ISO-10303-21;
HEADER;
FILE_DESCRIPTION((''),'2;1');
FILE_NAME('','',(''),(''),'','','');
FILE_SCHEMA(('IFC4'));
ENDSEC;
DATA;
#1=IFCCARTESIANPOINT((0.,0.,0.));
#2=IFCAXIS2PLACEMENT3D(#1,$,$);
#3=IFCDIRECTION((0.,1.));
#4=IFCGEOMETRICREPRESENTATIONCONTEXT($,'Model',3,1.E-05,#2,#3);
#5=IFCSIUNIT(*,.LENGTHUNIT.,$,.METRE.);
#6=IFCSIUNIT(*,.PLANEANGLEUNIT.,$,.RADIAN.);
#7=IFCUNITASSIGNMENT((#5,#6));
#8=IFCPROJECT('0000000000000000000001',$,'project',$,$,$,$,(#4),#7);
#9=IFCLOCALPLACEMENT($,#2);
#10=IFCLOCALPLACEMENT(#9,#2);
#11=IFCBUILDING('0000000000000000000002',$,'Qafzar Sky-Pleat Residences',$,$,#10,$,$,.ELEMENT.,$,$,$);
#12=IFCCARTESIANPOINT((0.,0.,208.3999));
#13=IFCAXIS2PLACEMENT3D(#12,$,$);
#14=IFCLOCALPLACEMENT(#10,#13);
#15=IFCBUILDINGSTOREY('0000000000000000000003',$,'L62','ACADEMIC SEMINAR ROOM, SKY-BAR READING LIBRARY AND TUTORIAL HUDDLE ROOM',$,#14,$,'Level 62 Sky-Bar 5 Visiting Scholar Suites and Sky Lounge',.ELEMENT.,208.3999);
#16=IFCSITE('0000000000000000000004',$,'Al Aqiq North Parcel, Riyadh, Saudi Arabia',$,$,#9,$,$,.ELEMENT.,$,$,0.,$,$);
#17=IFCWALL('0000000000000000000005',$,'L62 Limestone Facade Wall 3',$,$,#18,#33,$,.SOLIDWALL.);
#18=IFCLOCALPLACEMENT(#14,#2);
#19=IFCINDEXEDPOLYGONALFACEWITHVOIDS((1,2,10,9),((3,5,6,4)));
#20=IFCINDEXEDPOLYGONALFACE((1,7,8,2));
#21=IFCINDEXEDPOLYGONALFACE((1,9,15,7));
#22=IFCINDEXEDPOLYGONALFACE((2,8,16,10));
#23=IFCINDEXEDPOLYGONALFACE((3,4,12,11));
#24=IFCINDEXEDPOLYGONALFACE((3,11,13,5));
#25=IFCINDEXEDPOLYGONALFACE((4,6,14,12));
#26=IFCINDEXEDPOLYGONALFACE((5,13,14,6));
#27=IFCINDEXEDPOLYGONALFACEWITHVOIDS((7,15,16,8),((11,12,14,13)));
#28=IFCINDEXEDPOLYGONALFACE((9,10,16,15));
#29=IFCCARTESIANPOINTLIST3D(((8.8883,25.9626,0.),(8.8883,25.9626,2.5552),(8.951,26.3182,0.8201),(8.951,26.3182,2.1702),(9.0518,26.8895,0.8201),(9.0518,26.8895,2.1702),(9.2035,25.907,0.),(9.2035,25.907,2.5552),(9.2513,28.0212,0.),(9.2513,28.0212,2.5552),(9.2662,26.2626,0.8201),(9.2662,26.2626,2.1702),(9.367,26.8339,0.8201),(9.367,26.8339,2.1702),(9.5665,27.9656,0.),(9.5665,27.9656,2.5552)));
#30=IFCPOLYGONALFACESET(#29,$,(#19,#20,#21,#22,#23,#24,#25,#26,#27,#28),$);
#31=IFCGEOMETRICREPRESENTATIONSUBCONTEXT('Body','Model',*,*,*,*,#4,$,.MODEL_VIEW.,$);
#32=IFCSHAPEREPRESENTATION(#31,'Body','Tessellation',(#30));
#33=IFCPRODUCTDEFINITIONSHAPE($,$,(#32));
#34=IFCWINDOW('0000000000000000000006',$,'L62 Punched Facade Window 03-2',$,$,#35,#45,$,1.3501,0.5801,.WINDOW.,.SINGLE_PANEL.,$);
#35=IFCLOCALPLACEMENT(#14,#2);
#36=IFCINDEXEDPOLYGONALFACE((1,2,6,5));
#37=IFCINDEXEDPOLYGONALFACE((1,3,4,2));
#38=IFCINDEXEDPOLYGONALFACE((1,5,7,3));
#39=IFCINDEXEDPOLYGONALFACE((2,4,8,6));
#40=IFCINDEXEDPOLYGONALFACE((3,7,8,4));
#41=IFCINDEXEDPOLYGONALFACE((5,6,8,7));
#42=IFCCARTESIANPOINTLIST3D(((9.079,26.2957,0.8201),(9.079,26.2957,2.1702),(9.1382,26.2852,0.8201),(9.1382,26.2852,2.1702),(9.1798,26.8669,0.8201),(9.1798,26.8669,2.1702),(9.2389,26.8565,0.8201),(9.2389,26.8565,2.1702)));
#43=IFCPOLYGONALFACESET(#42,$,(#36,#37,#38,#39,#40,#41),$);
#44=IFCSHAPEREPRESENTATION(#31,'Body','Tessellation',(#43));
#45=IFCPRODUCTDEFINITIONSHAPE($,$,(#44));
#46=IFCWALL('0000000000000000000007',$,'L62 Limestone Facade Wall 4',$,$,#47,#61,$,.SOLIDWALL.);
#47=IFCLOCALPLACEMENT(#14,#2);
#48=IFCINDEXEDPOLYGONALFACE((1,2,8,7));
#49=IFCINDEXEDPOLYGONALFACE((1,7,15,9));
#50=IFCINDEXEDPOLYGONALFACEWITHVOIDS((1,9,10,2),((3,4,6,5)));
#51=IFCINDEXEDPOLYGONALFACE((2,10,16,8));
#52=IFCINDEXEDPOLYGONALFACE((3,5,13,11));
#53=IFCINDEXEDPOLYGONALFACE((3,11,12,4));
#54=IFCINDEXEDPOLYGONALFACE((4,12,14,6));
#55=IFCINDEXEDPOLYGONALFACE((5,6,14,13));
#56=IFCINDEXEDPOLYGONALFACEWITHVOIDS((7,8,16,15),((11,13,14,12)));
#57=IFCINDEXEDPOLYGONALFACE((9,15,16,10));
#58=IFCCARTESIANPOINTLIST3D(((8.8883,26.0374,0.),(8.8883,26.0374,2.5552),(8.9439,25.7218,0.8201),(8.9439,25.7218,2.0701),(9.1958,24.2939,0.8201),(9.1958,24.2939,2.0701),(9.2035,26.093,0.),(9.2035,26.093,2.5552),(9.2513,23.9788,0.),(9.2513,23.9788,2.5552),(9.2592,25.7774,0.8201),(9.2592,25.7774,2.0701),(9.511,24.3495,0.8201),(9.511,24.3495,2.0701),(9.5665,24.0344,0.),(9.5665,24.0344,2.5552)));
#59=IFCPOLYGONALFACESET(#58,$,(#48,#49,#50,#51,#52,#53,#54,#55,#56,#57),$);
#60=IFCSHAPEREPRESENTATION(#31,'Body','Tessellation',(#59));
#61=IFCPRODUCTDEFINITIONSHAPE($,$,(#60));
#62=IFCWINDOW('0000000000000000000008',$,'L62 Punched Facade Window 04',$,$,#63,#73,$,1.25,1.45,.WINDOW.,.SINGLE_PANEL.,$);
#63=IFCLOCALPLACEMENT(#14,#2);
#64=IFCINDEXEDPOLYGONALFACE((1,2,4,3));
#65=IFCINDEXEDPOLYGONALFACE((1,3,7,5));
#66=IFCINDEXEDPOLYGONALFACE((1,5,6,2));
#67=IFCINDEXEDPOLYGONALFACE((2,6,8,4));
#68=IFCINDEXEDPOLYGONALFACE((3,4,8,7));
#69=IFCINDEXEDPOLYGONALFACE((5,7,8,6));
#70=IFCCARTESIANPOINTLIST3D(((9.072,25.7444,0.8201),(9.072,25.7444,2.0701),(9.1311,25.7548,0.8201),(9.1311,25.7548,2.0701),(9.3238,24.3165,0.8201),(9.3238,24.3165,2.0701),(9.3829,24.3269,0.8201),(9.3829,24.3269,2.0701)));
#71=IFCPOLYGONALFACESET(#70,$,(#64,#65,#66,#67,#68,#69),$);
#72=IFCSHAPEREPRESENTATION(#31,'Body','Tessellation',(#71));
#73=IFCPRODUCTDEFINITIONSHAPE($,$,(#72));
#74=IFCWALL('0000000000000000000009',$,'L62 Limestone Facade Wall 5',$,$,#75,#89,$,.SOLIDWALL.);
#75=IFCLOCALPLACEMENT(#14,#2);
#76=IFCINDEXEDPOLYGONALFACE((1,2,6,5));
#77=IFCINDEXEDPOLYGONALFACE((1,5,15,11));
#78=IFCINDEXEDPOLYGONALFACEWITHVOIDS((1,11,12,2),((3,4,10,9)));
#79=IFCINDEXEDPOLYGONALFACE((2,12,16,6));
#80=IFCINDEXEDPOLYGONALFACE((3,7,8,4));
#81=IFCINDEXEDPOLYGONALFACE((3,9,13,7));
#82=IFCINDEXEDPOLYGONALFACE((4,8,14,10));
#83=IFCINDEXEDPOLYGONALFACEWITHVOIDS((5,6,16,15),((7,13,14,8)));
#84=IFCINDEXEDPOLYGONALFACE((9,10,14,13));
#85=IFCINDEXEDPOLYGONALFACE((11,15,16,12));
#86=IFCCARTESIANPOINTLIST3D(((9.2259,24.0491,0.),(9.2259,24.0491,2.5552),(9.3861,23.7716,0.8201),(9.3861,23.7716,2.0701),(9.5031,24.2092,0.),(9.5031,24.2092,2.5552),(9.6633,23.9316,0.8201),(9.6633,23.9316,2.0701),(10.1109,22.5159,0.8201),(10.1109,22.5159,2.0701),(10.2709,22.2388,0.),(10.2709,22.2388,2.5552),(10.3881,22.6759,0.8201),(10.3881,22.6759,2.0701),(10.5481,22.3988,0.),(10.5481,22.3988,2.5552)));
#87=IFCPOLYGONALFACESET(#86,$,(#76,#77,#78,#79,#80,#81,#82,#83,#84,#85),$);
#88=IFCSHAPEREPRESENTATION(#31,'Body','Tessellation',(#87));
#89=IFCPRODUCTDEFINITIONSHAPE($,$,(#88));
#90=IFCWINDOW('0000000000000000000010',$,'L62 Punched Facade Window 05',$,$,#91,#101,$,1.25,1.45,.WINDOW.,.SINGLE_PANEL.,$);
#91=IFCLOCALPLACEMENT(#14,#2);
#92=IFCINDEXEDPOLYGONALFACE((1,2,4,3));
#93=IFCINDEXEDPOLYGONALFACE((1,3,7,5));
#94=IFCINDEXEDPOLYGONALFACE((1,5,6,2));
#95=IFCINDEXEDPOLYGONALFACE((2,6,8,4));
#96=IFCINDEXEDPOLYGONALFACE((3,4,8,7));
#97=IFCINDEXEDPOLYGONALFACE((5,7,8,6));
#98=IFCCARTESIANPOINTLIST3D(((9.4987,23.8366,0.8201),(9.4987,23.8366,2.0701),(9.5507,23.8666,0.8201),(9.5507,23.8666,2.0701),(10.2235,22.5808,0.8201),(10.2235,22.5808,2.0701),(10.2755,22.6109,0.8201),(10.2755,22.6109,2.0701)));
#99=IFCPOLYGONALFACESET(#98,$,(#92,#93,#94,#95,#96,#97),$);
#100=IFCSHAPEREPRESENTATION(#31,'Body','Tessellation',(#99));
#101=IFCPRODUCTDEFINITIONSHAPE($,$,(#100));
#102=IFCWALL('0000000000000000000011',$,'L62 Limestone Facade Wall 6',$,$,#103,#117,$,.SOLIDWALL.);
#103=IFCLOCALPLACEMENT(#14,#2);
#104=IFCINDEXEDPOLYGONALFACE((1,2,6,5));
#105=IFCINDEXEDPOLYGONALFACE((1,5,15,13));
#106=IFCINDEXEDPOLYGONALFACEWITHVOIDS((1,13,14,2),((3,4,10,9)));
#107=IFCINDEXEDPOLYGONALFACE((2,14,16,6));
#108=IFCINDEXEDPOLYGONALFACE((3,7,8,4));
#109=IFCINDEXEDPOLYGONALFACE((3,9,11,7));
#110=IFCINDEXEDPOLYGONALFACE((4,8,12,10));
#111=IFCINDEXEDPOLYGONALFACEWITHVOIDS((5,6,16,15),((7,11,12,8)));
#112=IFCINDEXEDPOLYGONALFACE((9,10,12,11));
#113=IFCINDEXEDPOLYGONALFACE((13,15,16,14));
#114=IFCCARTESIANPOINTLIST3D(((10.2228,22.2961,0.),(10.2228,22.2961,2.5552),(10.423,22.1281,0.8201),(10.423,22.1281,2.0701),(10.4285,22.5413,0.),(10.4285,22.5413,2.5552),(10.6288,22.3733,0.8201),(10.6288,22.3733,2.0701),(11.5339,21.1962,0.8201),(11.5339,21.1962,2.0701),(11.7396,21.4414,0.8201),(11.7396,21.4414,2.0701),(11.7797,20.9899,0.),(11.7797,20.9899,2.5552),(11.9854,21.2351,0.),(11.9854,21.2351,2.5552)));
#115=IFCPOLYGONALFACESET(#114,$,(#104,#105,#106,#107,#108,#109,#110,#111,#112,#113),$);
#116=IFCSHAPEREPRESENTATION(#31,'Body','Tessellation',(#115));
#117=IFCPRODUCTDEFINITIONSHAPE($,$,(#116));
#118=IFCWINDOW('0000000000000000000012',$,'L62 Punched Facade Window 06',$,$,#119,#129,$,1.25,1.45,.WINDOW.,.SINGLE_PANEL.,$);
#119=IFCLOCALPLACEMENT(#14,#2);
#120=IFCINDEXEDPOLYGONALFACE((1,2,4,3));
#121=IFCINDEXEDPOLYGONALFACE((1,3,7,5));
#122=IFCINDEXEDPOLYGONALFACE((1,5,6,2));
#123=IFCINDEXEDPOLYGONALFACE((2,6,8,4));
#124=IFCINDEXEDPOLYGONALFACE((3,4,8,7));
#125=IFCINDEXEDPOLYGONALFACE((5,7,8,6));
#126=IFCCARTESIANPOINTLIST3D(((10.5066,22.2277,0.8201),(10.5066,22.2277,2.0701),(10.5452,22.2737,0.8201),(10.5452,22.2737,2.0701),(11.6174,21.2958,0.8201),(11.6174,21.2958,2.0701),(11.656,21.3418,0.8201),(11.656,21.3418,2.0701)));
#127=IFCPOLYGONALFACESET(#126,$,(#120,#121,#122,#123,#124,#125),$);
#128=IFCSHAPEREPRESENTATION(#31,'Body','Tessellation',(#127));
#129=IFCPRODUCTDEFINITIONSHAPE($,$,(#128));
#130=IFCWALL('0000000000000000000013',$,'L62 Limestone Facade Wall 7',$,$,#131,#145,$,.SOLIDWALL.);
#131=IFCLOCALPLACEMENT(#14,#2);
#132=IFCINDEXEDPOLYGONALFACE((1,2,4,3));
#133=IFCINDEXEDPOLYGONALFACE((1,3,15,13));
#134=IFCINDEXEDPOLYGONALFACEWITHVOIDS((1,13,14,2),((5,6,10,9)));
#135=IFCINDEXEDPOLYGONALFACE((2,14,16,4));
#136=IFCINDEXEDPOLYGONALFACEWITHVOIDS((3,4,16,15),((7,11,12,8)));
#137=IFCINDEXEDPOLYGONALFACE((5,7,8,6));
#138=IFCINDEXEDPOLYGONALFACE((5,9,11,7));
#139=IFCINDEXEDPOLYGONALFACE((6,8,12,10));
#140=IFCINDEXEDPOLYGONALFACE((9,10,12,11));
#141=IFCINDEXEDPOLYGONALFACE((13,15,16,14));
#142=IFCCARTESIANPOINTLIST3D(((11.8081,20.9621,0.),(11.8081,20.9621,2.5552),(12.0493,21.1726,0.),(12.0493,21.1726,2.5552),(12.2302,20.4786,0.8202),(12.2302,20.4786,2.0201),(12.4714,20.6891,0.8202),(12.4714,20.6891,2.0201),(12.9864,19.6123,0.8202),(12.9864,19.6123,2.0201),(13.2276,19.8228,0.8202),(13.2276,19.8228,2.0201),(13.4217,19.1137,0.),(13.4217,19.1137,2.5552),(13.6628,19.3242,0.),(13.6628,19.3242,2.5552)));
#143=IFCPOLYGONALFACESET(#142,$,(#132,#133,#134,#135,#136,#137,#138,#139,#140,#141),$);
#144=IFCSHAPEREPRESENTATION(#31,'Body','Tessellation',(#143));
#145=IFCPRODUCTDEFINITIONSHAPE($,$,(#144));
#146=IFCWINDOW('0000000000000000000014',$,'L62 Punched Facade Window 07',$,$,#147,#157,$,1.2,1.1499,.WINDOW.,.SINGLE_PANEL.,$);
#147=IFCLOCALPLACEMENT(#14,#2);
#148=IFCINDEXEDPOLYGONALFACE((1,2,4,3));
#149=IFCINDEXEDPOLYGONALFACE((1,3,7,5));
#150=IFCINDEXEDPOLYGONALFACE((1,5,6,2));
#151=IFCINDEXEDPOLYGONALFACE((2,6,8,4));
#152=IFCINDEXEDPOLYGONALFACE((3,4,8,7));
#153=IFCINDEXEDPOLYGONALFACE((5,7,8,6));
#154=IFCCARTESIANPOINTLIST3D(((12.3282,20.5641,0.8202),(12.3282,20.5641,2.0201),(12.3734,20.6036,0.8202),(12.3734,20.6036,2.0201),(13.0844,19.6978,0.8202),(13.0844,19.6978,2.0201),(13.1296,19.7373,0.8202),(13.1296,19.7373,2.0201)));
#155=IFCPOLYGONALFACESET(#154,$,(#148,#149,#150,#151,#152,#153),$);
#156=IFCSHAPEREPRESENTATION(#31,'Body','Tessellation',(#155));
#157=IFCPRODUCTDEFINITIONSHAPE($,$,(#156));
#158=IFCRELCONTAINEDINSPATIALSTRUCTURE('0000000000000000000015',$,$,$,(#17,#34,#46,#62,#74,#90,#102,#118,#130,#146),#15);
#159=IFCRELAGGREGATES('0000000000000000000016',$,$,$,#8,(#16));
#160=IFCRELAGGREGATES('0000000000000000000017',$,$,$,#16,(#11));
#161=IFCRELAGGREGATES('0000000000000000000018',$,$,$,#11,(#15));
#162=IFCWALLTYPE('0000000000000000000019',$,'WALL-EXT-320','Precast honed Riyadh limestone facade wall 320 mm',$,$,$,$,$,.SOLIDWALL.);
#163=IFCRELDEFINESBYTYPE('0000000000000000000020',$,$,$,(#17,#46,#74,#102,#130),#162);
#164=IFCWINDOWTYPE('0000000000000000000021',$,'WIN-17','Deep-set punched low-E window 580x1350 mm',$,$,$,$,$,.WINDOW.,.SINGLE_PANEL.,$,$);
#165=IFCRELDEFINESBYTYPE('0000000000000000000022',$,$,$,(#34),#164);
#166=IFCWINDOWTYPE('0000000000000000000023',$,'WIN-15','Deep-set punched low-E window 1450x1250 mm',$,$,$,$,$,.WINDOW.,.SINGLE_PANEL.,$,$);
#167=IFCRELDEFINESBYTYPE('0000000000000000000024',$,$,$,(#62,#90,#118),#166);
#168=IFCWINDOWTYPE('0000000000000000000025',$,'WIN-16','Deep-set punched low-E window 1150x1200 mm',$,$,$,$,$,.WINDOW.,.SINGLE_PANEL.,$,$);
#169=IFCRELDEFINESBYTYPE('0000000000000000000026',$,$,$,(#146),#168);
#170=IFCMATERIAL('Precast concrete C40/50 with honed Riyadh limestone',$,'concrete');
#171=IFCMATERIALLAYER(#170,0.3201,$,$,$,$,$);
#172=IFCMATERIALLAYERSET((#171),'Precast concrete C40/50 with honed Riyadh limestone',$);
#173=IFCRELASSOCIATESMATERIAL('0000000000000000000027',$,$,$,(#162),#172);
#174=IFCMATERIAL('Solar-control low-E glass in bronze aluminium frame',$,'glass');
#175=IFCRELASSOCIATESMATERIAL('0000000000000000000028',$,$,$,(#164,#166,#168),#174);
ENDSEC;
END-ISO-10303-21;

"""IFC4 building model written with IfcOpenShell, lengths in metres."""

from ifc_helpers import new_model, si_unit, direction, frame, frame_2d, origin, place, context, subcontext, project, spatial, rectangle, extrude, source, transform, mapped, material, layer, layer_set, type_object, element, fill, save


model = new_model("IFC4")

# Units and contexts
model_context = context("Model", 3, precision=1e-05, world=origin(), true_north=direction((0.0, 1.0)))
body_context = subcontext(model_context, "Body", "Model", "MODEL_VIEW")
ifc_project = project(units=[si_unit("LENGTHUNIT", "METRE"), si_unit("PLANEANGLEUNIT", "RADIAN")], contexts=[model_context])

# Site, building, storey
site_placement = place(None, origin())
site = spatial("IfcSite", under=ifc_project, at=site_placement, Name="Al Aqiq North Parcel, Riyadh, Saudi Arabia", CompositionType="ELEMENT", RefElevation=0.0)
building_placement = place(site_placement, origin())
building = spatial("IfcBuilding", under=site, at=building_placement, Name="Qafzar Sky-Pleat Residences", CompositionType="ELEMENT")
storey_placement = place(building_placement, frame((0.0, 0.0, 208.3999)))
storey = spatial("IfcBuildingStorey", under=building, at=storey_placement, Name="L62", Description="ACADEMIC SEMINAR ROOM, SKY-BAR READING LIBRARY AND TUTORIAL HUDDLE ROOM", LongName="Level 62 Sky-Bar 5 Visiting Scholar Suites and Sky Lounge", CompositionType="ELEMENT", Elevation=208.3999)

# Walls, openings, windows
ifc_material_1 = material(Name="Precast concrete C40/50 with honed Riyadh limestone", Category="concrete")
ifc_layer_1 = layer(ifc_material_1, 0.3201)
ifc_layer_set_1 = layer_set([ifc_layer_1], Name="Precast concrete C40/50 with honed Riyadh limestone")
wall_type_1 = type_object("IfcWallType", Name="WALL-EXT-320", Description="Precast honed Riyadh limestone facade wall 320 mm", PredefinedType="SOLIDWALL", material=ifc_layer_set_1)
wall_1_placement = place(storey_placement, frame((9.4089, 27.9934, 0.0), z_axis=(0.0, 0.0, 1.0), x_axis=(-0.173672, -0.984804, 0.0)))
wall_1 = element("IfcWall", 1, at=wall_1_placement, inside=storey, type_object=wall_type_1, Name="L62 Limestone Facade Wall 3", PredefinedType="SOLIDWALL", context=body_context, shape_type="SweptSolid", body=[
    extrude(rectangle(XDim=2.0903, YDim=0.3201, at=frame_2d((1.0452, 0.0))), origin(), (0.0, 0.0, 1.0), 2.5552),
])
opening_1_placement = place(wall_1_placement, frame((1.1492, 0.0, 0.8201)))
opening_1 = element("IfcOpeningElement", 2, at=opening_1_placement, cuts=wall_1, PredefinedType="OPENING", context=body_context, shape_type="SweptSolid", body=[
    extrude(rectangle(XDim=0.5801, YDim=1.3501, at=frame_2d((0.29, 0.675))), frame((0.0, 0.1699, 0.0), z_axis=(0.0, -1.0, 0.0), x_axis=(1.0, 0.0, 0.0)), (0.0, 0.0, 1.0), 0.3401),
])
ifc_material_2 = material(Name="Solar-control low-E glass in bronze aluminium frame", Category="glass")
window_type_1 = type_object("IfcWindowType", Name="WIN-17", Description="Deep-set punched low-E window 580x1350 mm", PartitioningType="SINGLE_PANEL", PredefinedType="WINDOW", material=ifc_material_2)
shared_shape_1 = source(origin(), body_context, "Body", "SweptSolid", [
    extrude(rectangle(XDim=0.5801, YDim=1.3501, at=frame_2d((0.29, 0.675))), frame((0.0, 0.03, 0.0), z_axis=(0.0, -1.0, 0.0), x_axis=(1.0, 0.0, 0.0)), (0.0, 0.0, 1.0), 0.0601),
])
window_1_placement = place(opening_1_placement, origin())
window_1 = element("IfcWindow", 3, at=window_1_placement, inside=storey, type_object=window_type_1, Name="L62 Punched Facade Window 03-2", OverallHeight=1.3501, OverallWidth=0.5801, PartitioningType="SINGLE_PANEL", PredefinedType="WINDOW", context=body_context, shape_type="MappedRepresentation", body=[
    mapped(shared_shape_1, transform((0.0, 0.0, 0.0), x_axis=(1.0, 0.0, 0.0), y_axis=(0.0, 1.0, 0.0), z_axis=(0.0, 0.0, 1.0), scale=1.0)),
])
fill(opening_1, window_1)
wall_2_placement = place(storey_placement, frame((9.0459, 26.0652, 0.0), z_axis=(0.0, 0.0, 1.0), x_axis=(0.173672, -0.984804, 0.0)))
wall_2 = element("IfcWall", 4, at=wall_2_placement, inside=storey, type_object=wall_type_1, Name="L62 Limestone Facade Wall 4", PredefinedType="SOLIDWALL", context=body_context, shape_type="SweptSolid", body=[
    extrude(rectangle(XDim=2.0903, YDim=0.3201, at=frame_2d((1.0452, 0.0))), origin(), (0.0, 0.0, 1.0), 2.5552),
])
opening_2_placement = place(wall_2_placement, frame((0.3203, 0.0, 0.8201)))
opening_2 = element("IfcOpeningElement", 5, at=opening_2_placement, cuts=wall_2, PredefinedType="OPENING", context=body_context, shape_type="SweptSolid", body=[
    extrude(rectangle(XDim=1.45, YDim=1.25, at=frame_2d((0.7251, 0.625))), frame((0.0, 0.1699, 0.0), z_axis=(0.0, -1.0, 0.0), x_axis=(1.0, 0.0, 0.0)), (0.0, 0.0, 1.0), 0.3401),
])
window_type_2 = type_object("IfcWindowType", Name="WIN-15", Description="Deep-set punched low-E window 1450x1250 mm", PartitioningType="SINGLE_PANEL", PredefinedType="WINDOW", material=ifc_material_2)
shared_shape_2 = source(origin(), body_context, "Body", "SweptSolid", [
    extrude(rectangle(XDim=1.45, YDim=1.25, at=frame_2d((0.7251, 0.625))), frame((0.0, 0.03, 0.0), z_axis=(0.0, -1.0, 0.0), x_axis=(1.0, 0.0, 0.0)), (0.0, 0.0, 1.0), 0.0601),
])
window_2_placement = place(opening_2_placement, origin())
window_2 = element("IfcWindow", 6, at=window_2_placement, inside=storey, type_object=window_type_2, Name="L62 Punched Facade Window 04", OverallHeight=1.25, OverallWidth=1.45, PartitioningType="SINGLE_PANEL", PredefinedType="WINDOW", context=body_context, shape_type="MappedRepresentation", body=[
    mapped(shared_shape_2, transform((0.0, 0.0, 0.0), x_axis=(1.0, 0.0, 0.0), y_axis=(0.0, 1.0, 0.0), z_axis=(0.0, 0.0, 1.0), scale=1.0)),
])
fill(opening_2, window_2)
wall_3_placement = place(storey_placement, frame((9.3645, 24.1292, 0.0), z_axis=(0.0, 0.0, 1.0), x_axis=(0.499908, -0.866079, 0.0)))
wall_3 = element("IfcWall", 7, at=wall_3_placement, inside=storey, type_object=wall_type_1, Name="L62 Limestone Facade Wall 5", PredefinedType="SOLIDWALL", context=body_context, shape_type="SweptSolid", body=[
    extrude(rectangle(XDim=2.0903, YDim=0.3201, at=frame_2d((1.0452, 0.0))), origin(), (0.0, 0.0, 1.0), 2.5552),
])
opening_3_placement = place(wall_3_placement, frame((0.3203, 0.0, 0.8201)))
opening_3 = element("IfcOpeningElement", 8, at=opening_3_placement, cuts=wall_3, PredefinedType="OPENING", context=body_context, shape_type="SweptSolid", body=[
    extrude(rectangle(XDim=1.45, YDim=1.25, at=frame_2d((0.7251, 0.625))), frame((0.0, 0.1699, 0.0), z_axis=(0.0, -1.0, 0.0), x_axis=(1.0, 0.0, 0.0)), (0.0, 0.0, 1.0), 0.3401),
])
window_3_placement = place(opening_3_placement, origin())
window_3 = element("IfcWindow", 9, at=window_3_placement, inside=storey, type_object=window_type_2, Name="L62 Punched Facade Window 05", OverallHeight=1.25, OverallWidth=1.45, PartitioningType="SINGLE_PANEL", PredefinedType="WINDOW", context=body_context, shape_type="MappedRepresentation", body=[
    mapped(shared_shape_2, transform((0.0, 0.0, 0.0), x_axis=(1.0, 0.0, 0.0), y_axis=(0.0, 1.0, 0.0), z_axis=(0.0, 0.0, 1.0), scale=1.0)),
])
fill(opening_3, window_3)
wall_4_placement = place(storey_placement, frame((10.3257, 22.4187, 0.0), z_axis=(0.0, 0.0, 1.0), x_axis=(0.7661, -0.642721, 0.0)))
wall_4 = element("IfcWall", 10, at=wall_4_placement, inside=storey, type_object=wall_type_1, Name="L62 Limestone Facade Wall 6", PredefinedType="SOLIDWALL", context=body_context, shape_type="SweptSolid", body=[
    extrude(rectangle(XDim=2.0322, YDim=0.3201, at=frame_2d((1.0161, 0.0))), origin(), (0.0, 0.0, 1.0), 2.5552),
])
opening_4_placement = place(wall_4_placement, frame((0.2612, 0.0, 0.8201)))
opening_4 = element("IfcOpeningElement", 11, at=opening_4_placement, cuts=wall_4, PredefinedType="OPENING", context=body_context, shape_type="SweptSolid", body=[
    extrude(rectangle(XDim=1.45, YDim=1.25, at=frame_2d((0.7251, 0.625))), frame((0.0, 0.1699, 0.0), z_axis=(0.0, -1.0, 0.0), x_axis=(1.0, 0.0, 0.0)), (0.0, 0.0, 1.0), 0.3401),
])
window_4_placement = place(opening_4_placement, origin())
window_4 = element("IfcWindow", 12, at=window_4_placement, inside=storey, type_object=window_type_2, Name="L62 Punched Facade Window 06", OverallHeight=1.25, OverallWidth=1.45, PartitioningType="SINGLE_PANEL", PredefinedType="WINDOW", context=body_context, shape_type="MappedRepresentation", body=[
    mapped(shared_shape_2, transform((0.0, 0.0, 0.0), x_axis=(1.0, 0.0, 0.0), y_axis=(0.0, 1.0, 0.0), z_axis=(0.0, 0.0, 1.0), scale=1.0)),
])
fill(opening_4, window_4)
wall_5_placement = place(storey_placement, frame((11.9287, 21.0674, 0.0), z_axis=(0.0, 0.0, 1.0), x_axis=(0.657624, -0.753347, 0.0)))
wall_5 = element("IfcWall", 13, at=wall_5_placement, inside=storey, type_object=wall_type_1, Name="L62 Limestone Facade Wall 7", PredefinedType="SOLIDWALL", context=body_context, shape_type="SweptSolid", body=[
    extrude(rectangle(XDim=2.4536, YDim=0.3201, at=frame_2d((1.2268, 0.0))), origin(), (0.0, 0.0, 1.0), 2.5552),
])
opening_5_placement = place(wall_5_placement, frame((0.6418, 0.0, 0.8201)))
opening_5 = element("IfcOpeningElement", 14, at=opening_5_placement, cuts=wall_5, PredefinedType="OPENING", context=body_context, shape_type="SweptSolid", body=[
    extrude(rectangle(XDim=1.1499, YDim=1.2, at=frame_2d((0.575, 0.6001))), frame((0.0, 0.1699, 0.0), z_axis=(0.0, -1.0, 0.0), x_axis=(1.0, 0.0, 0.0)), (0.0, 0.0, 1.0), 0.3401),
])
window_type_3 = type_object("IfcWindowType", Name="WIN-16", Description="Deep-set punched low-E window 1150x1200 mm", PartitioningType="SINGLE_PANEL", PredefinedType="WINDOW", material=ifc_material_2)
shared_shape_3 = source(origin(), body_context, "Body", "SweptSolid", [
    extrude(rectangle(XDim=1.1499, YDim=1.2, at=frame_2d((0.575, 0.6001))), frame((0.0, 0.03, 0.0), z_axis=(0.0, -1.0, 0.0), x_axis=(1.0, 0.0, 0.0)), (0.0, 0.0, 1.0), 0.0601),
])
window_5_placement = place(opening_5_placement, origin())
window_5 = element("IfcWindow", 15, at=window_5_placement, inside=storey, type_object=window_type_3, Name="L62 Punched Facade Window 07", OverallHeight=1.2, OverallWidth=1.1499, PartitioningType="SINGLE_PANEL", PredefinedType="WINDOW", context=body_context, shape_type="MappedRepresentation", body=[
    mapped(shared_shape_3, transform((0.0, 0.0, 0.0), x_axis=(1.0, 0.0, 0.0), y_axis=(0.0, 1.0, 0.0), z_axis=(0.0, 0.0, 1.0), scale=1.0)),
])
fill(opening_5, window_5)

save(model, "model.ifc")
